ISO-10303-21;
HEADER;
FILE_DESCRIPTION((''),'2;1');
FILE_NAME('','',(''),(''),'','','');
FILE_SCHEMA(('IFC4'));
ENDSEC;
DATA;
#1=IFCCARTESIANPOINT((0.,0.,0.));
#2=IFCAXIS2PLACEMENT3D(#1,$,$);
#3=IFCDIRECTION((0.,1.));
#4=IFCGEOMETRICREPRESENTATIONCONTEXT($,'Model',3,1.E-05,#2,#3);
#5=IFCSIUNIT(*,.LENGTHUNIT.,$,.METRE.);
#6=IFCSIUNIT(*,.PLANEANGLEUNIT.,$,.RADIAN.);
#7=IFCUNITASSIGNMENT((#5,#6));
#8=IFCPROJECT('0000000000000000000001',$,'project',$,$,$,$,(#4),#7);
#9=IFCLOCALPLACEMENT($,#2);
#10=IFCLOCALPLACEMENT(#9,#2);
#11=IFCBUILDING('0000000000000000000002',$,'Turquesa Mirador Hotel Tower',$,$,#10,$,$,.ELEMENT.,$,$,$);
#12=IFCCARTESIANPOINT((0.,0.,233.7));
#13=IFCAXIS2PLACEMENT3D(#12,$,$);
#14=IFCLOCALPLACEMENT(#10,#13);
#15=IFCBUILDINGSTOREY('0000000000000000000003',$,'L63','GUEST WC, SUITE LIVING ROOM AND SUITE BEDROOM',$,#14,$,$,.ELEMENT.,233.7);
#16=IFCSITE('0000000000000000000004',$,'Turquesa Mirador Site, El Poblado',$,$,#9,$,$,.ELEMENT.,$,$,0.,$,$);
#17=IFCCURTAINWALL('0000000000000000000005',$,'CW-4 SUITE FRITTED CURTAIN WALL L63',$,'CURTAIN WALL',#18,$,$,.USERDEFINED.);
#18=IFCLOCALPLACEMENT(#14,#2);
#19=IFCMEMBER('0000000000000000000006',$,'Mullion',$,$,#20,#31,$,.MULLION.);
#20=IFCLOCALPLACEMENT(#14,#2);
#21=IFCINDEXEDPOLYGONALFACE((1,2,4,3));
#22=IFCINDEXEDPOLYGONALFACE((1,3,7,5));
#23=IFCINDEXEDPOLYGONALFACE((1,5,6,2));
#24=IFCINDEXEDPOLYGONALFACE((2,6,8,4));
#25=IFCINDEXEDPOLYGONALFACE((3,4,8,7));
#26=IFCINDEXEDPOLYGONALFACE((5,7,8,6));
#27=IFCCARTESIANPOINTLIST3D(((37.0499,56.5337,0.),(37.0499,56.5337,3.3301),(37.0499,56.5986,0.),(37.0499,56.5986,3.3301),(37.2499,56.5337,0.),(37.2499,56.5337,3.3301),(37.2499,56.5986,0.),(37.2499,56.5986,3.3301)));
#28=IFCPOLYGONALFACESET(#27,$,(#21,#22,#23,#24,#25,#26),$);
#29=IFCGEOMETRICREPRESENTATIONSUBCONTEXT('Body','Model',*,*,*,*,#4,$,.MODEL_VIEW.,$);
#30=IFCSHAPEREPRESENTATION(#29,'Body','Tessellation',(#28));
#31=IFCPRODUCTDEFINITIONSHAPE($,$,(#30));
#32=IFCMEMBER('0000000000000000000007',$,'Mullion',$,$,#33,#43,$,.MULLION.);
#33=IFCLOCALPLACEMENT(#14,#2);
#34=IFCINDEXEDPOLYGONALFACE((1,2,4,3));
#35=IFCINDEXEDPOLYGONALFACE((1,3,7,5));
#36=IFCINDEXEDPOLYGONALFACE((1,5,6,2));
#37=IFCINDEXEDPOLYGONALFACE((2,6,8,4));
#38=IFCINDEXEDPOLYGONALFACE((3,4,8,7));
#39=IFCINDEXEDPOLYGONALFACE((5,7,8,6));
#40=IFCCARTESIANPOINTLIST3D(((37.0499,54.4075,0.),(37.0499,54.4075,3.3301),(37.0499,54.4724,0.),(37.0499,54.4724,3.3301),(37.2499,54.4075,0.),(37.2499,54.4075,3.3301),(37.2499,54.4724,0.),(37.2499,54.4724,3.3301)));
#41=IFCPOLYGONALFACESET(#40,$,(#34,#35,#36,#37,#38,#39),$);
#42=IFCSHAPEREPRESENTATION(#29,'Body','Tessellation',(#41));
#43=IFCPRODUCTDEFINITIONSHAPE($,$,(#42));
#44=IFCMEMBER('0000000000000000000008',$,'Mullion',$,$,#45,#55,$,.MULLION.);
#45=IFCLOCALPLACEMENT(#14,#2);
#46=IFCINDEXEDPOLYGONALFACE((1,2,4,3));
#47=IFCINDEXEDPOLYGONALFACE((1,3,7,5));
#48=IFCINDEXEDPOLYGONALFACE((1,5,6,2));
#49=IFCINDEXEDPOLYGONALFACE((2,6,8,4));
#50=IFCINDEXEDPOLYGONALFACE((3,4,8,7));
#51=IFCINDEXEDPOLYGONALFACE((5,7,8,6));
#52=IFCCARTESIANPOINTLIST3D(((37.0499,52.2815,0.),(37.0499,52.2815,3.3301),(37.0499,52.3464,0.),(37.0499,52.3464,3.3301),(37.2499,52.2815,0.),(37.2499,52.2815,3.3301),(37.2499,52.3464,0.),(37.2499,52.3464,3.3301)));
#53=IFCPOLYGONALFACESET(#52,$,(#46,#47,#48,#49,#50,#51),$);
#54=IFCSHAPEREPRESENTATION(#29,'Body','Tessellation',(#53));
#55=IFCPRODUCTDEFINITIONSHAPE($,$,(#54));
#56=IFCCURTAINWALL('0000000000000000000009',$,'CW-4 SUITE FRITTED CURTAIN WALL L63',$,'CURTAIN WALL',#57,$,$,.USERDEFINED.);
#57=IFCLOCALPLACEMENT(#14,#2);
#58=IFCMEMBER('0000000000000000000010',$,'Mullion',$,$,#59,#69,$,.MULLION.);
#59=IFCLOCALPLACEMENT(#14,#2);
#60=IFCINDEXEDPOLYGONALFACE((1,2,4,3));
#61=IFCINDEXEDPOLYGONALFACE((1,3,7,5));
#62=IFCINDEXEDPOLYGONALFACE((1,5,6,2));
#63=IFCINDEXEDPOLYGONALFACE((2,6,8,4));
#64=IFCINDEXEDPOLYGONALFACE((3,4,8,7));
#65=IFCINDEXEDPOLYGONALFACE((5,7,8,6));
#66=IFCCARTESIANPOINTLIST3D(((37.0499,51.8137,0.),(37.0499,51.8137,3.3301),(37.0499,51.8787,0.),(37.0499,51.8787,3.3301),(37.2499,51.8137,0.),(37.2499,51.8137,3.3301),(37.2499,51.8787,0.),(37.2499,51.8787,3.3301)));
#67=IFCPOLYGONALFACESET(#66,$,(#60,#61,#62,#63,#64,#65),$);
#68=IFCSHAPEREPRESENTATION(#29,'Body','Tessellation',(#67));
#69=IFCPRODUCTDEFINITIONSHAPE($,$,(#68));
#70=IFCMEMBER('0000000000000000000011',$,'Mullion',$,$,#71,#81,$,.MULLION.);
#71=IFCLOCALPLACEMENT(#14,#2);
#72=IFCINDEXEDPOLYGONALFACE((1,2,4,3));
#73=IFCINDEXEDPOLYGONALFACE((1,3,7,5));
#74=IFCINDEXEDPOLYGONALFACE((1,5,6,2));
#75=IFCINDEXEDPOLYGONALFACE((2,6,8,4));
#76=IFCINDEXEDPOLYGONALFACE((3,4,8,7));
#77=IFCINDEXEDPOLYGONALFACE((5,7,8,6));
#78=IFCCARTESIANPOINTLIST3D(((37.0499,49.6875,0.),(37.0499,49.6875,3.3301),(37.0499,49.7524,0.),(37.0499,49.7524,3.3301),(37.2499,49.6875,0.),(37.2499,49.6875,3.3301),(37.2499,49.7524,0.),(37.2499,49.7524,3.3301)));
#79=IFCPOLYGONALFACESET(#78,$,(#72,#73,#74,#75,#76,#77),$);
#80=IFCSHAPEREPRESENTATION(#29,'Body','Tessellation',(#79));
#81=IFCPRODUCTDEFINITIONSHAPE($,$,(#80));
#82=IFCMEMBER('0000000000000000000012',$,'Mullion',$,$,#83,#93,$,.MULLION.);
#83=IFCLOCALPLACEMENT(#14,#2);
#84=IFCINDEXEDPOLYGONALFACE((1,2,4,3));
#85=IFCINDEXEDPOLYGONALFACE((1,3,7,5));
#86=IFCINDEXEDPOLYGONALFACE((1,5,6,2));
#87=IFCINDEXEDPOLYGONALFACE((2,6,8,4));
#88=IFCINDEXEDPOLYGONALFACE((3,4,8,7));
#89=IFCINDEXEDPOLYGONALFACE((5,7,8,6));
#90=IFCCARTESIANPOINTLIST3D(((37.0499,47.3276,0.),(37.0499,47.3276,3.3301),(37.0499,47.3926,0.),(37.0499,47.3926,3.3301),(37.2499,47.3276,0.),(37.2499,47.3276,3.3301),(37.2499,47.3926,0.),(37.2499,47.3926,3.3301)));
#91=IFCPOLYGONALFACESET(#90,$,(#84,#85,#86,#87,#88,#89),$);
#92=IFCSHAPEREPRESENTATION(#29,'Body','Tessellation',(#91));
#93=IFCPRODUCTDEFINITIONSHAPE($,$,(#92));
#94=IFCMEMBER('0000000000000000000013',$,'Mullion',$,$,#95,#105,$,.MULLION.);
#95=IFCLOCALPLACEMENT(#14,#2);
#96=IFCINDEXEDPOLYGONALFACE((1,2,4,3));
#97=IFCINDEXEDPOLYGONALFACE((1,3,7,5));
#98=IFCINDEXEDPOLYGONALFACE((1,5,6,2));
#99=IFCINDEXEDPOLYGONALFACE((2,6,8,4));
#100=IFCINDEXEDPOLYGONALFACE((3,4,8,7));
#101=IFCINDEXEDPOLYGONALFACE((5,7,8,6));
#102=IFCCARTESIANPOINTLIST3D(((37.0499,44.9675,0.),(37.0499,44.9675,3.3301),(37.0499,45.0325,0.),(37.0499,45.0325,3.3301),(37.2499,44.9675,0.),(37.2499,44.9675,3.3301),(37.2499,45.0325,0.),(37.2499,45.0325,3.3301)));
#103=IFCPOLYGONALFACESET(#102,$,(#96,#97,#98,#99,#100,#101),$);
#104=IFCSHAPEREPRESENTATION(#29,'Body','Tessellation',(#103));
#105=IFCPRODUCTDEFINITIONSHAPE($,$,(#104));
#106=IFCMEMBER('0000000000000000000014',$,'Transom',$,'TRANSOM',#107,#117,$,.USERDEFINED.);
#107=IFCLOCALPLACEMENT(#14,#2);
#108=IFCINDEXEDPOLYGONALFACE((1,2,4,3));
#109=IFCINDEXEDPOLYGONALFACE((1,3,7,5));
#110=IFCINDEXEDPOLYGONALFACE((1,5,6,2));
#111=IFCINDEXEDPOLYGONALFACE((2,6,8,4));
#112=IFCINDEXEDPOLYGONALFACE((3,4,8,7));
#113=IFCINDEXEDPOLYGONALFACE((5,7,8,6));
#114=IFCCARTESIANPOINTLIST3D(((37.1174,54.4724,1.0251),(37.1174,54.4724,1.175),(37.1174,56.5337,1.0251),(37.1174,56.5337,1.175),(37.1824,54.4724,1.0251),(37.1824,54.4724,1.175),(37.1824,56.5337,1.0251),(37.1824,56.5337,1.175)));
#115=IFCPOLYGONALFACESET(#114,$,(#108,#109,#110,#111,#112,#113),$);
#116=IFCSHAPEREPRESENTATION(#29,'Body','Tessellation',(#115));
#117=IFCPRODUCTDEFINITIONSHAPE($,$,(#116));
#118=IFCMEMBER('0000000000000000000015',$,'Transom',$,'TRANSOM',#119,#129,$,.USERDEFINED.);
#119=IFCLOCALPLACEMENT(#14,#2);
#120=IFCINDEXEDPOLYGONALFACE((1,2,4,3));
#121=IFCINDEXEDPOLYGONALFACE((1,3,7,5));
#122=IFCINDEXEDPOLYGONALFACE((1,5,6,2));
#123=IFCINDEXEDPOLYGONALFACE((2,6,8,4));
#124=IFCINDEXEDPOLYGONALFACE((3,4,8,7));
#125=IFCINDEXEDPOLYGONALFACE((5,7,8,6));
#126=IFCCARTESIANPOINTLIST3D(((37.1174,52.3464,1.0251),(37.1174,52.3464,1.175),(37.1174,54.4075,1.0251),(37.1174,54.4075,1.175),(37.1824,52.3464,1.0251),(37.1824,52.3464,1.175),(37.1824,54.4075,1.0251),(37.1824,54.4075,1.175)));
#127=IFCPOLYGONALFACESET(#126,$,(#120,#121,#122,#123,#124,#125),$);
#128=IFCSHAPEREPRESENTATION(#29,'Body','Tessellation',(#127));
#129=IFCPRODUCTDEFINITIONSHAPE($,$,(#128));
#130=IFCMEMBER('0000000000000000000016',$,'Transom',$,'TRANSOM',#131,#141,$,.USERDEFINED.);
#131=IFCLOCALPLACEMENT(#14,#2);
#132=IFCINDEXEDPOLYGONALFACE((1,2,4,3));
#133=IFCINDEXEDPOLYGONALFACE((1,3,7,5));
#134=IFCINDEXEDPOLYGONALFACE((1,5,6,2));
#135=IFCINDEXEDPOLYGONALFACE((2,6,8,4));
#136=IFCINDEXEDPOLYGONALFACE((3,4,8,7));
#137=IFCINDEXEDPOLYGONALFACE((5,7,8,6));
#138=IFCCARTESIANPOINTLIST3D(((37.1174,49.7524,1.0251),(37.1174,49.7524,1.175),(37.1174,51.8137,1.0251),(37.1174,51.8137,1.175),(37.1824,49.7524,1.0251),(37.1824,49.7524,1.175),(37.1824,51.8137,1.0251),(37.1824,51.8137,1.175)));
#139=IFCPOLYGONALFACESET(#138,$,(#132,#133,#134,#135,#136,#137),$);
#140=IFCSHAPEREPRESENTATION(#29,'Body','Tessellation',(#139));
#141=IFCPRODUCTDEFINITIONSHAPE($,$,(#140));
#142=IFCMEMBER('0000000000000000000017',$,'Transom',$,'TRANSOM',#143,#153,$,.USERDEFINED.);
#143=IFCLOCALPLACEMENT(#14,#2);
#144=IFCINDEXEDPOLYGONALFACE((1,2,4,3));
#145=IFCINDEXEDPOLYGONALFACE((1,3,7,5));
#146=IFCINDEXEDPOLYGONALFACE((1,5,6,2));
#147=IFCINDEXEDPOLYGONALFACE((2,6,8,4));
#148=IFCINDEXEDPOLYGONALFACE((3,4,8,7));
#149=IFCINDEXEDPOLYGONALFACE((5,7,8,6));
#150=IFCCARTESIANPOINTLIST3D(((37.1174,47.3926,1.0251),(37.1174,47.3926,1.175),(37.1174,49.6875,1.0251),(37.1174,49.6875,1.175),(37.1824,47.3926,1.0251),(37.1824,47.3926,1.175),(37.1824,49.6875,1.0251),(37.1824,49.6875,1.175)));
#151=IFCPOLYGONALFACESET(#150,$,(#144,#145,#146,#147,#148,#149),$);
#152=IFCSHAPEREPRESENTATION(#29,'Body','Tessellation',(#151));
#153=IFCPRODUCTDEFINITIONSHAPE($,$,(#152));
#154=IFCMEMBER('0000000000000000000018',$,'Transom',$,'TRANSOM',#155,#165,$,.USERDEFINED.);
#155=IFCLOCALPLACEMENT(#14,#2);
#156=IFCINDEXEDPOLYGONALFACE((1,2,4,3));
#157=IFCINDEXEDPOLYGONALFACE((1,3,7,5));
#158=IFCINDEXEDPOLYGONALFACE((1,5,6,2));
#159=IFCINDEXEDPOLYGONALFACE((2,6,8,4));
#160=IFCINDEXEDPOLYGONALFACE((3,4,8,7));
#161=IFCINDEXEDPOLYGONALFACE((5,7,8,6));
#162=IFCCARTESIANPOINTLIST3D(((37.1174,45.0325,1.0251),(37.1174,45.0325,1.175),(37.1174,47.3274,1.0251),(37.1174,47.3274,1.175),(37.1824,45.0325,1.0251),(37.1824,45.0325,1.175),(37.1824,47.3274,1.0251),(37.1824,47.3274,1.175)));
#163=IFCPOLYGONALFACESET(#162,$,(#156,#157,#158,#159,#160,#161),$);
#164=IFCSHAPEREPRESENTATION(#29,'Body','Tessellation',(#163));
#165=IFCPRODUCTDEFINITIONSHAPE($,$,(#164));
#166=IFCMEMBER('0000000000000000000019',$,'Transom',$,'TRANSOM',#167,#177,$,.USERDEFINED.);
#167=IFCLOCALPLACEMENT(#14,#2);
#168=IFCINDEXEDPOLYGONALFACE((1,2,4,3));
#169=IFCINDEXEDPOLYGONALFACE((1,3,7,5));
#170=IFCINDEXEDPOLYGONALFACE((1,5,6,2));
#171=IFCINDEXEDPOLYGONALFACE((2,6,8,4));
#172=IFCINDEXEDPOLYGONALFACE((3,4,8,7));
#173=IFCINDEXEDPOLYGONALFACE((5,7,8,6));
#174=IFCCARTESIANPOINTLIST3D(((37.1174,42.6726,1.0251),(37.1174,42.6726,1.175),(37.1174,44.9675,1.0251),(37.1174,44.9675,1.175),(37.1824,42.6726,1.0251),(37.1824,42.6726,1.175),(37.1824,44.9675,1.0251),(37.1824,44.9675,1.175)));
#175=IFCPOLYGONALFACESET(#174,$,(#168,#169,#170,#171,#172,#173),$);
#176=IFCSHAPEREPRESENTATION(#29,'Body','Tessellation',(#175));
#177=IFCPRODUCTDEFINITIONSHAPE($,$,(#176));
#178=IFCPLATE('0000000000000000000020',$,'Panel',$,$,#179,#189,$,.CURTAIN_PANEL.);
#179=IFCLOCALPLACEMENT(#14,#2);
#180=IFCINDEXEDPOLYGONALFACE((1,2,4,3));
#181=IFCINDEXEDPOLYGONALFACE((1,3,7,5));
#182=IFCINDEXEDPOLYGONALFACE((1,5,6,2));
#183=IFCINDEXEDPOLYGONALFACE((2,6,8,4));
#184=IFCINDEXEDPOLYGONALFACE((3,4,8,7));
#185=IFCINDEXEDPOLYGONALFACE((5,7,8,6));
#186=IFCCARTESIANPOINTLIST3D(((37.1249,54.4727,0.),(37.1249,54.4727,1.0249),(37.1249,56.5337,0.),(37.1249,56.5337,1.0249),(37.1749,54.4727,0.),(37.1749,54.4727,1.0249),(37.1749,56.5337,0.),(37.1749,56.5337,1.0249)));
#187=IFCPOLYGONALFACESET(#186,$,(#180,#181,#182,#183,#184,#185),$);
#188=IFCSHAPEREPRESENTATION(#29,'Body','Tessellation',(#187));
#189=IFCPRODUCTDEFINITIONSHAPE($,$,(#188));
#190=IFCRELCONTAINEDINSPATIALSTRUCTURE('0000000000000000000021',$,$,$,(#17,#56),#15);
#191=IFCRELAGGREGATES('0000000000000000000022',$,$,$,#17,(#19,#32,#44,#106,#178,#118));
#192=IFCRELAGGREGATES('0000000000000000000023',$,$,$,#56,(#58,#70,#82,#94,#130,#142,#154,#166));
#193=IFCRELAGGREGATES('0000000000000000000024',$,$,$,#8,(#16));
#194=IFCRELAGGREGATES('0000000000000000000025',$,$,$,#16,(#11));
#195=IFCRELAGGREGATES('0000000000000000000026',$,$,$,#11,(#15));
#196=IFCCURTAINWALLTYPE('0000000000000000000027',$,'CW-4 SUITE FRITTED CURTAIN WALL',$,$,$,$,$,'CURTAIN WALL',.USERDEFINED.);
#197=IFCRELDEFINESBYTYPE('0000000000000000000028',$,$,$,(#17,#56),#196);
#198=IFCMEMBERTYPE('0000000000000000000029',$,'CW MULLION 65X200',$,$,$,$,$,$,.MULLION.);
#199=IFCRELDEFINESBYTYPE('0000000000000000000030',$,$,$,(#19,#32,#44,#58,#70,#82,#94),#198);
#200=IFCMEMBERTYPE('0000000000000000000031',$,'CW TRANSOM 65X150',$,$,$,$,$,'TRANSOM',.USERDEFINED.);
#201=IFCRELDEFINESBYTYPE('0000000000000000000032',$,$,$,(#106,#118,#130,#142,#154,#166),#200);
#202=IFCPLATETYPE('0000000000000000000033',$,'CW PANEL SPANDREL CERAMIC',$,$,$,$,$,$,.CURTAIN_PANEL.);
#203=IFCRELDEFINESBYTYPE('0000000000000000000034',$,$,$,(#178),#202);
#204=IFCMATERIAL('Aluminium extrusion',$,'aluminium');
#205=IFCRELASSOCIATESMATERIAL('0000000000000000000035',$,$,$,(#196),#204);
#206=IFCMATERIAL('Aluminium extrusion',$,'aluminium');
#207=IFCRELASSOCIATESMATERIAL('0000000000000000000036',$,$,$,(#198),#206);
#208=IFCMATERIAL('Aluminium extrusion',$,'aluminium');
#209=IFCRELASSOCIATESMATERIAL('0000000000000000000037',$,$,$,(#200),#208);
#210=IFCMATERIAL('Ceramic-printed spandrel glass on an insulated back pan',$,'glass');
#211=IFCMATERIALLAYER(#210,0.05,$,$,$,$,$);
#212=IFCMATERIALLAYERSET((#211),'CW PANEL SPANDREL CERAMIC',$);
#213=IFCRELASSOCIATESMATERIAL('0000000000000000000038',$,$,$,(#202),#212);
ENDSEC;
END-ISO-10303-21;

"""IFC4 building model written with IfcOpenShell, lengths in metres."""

from ifc_helpers import new_model, si_unit, direction, frame, origin, origin_2d, place, context, subcontext, project, spatial, rectangle, extrude, material, layer, layer_set, material_profile, profile_set, type_object, element, aggregate, save


model = new_model("IFC4")

# Units and contexts
model_context = context("Model", 3, precision=1e-05, world=origin(), true_north=direction((0.0, 1.0)))
body_context = subcontext(model_context, "Body", "Model", "MODEL_VIEW")
ifc_project = project(units=[si_unit("LENGTHUNIT", "METRE"), si_unit("PLANEANGLEUNIT", "RADIAN")], contexts=[model_context])

# Site, building, storey
site_placement = place(None, origin())
site = spatial("IfcSite", under=ifc_project, at=site_placement, Name="Turquesa Mirador Site, El Poblado", CompositionType="ELEMENT", RefElevation=0.0)
building_placement = place(site_placement, origin())
building = spatial("IfcBuilding", under=site, at=building_placement, Name="Turquesa Mirador Hotel Tower", CompositionType="ELEMENT")
storey_placement = place(building_placement, frame((0.0, 0.0, 233.7)))
storey = spatial("IfcBuildingStorey", under=building, at=storey_placement, Name="L63", Description="GUEST WC, SUITE LIVING ROOM AND SUITE BEDROOM", CompositionType="ELEMENT", Elevation=233.7)

# Curtain walls, members
ifc_material_1 = material(Name="Aluminium extrusion", Category="aluminium")
curtain_wall_type = type_object("IfcCurtainWallType", Name="CW-4 SUITE FRITTED CURTAIN WALL", ElementType="CURTAIN WALL", PredefinedType="USERDEFINED", material=ifc_material_1)
curtain_wall_1_placement = place(storey_placement, origin())
curtain_wall_1 = element("IfcCurtainWall", 1, at=curtain_wall_1_placement, inside=storey, type_object=curtain_wall_type, Name="CW-4 SUITE FRITTED CURTAIN WALL L63", ObjectType="CURTAIN WALL", PredefinedType="USERDEFINED")
ifc_material_2 = material(Name="Aluminium extrusion", Category="aluminium")
ifc_material_profile_1 = material_profile(ifc_material_2, rectangle(XDim=0.0649, YDim=0.2, at=origin_2d()), Name="MULLION 65X200")
ifc_profile_set_1 = profile_set([ifc_material_profile_1], Name="Aluminium extrusion")
member_type_1 = type_object("IfcMemberType", Name="CW MULLION 65X200", PredefinedType="MULLION", material=ifc_profile_set_1)
member_1_placement = place(storey_placement, frame((37.1499, 56.5662, 0.0), z_axis=(0.0, 0.0, 1.0), x_axis=(0.0, -1.0, 0.0)))
member_1 = element("IfcMember", 2, at=member_1_placement, type_object=member_type_1, Name="Mullion", PredefinedType="MULLION", context=body_context, shape_type="SweptSolid", body=[
    extrude(rectangle(XDim=0.0649, YDim=0.2, at=origin_2d()), origin(), (0.0, 0.0, 1.0), 3.3301),
])
member_2_placement = place(storey_placement, frame((37.1499, 54.4399, 0.0), z_axis=(0.0, 0.0, 1.0), x_axis=(0.0, -1.0, 0.0)))
member_2 = element("IfcMember", 3, at=member_2_placement, type_object=member_type_1, Name="Mullion", PredefinedType="MULLION", context=body_context, shape_type="SweptSolid", body=[
    extrude(rectangle(XDim=0.0649, YDim=0.2, at=origin_2d()), origin(), (0.0, 0.0, 1.0), 3.3301),
])
member_3_placement = place(storey_placement, frame((37.1499, 52.314, 0.0), z_axis=(0.0, 0.0, 1.0), x_axis=(0.0, -1.0, 0.0)))
member_3 = element("IfcMember", 4, at=member_3_placement, type_object=member_type_1, Name="Mullion", PredefinedType="MULLION", context=body_context, shape_type="SweptSolid", body=[
    extrude(rectangle(XDim=0.0649, YDim=0.2, at=origin_2d()), origin(), (0.0, 0.0, 1.0), 3.3301),
])
curtain_wall_2_placement = place(storey_placement, origin())
curtain_wall_2 = element("IfcCurtainWall", 5, at=curtain_wall_2_placement, inside=storey, type_object=curtain_wall_type, Name="CW-4 SUITE FRITTED CURTAIN WALL L63", ObjectType="CURTAIN WALL", PredefinedType="USERDEFINED")
member_4_placement = place(storey_placement, frame((37.1499, 51.8462, 0.0), z_axis=(0.0, 0.0, 1.0), x_axis=(0.0, -1.0, 0.0)))
member_4 = element("IfcMember", 6, at=member_4_placement, type_object=member_type_1, Name="Mullion", PredefinedType="MULLION", context=body_context, shape_type="SweptSolid", body=[
    extrude(rectangle(XDim=0.0649, YDim=0.2, at=origin_2d()), origin(), (0.0, 0.0, 1.0), 3.3301),
])
member_5_placement = place(storey_placement, frame((37.1499, 49.72, 0.0), z_axis=(0.0, 0.0, 1.0), x_axis=(0.0, -1.0, 0.0)))
member_5 = element("IfcMember", 7, at=member_5_placement, type_object=member_type_1, Name="Mullion", PredefinedType="MULLION", context=body_context, shape_type="SweptSolid", body=[
    extrude(rectangle(XDim=0.0649, YDim=0.2, at=origin_2d()), origin(), (0.0, 0.0, 1.0), 3.3301),
])
member_6_placement = place(storey_placement, frame((37.1499, 47.3601, 0.0), z_axis=(0.0, 0.0, 1.0), x_axis=(0.0, -1.0, 0.0)))
member_6 = element("IfcMember", 8, at=member_6_placement, type_object=member_type_1, Name="Mullion", PredefinedType="MULLION", context=body_context, shape_type="SweptSolid", body=[
    extrude(rectangle(XDim=0.0649, YDim=0.2, at=origin_2d()), origin(), (0.0, 0.0, 1.0), 3.3301),
])
member_7_placement = place(storey_placement, frame((37.1499, 45.0, 0.0), z_axis=(0.0, 0.0, 1.0), x_axis=(0.0, -1.0, 0.0)))
member_7 = element("IfcMember", 9, at=member_7_placement, type_object=member_type_1, Name="Mullion", PredefinedType="MULLION", context=body_context, shape_type="SweptSolid", body=[
    extrude(rectangle(XDim=0.0649, YDim=0.2, at=origin_2d()), origin(), (0.0, 0.0, 1.0), 3.3301),
])

# Members
ifc_material_3 = material(Name="Aluminium extrusion", Category="aluminium")
ifc_material_profile_2 = material_profile(ifc_material_3, rectangle(XDim=0.0649, YDim=0.1499, at=origin_2d()), Name="TRANSOM 65X150")
ifc_profile_set_2 = profile_set([ifc_material_profile_2], Name="Aluminium extrusion")
member_type_2 = type_object("IfcMemberType", Name="CW TRANSOM 65X150", ElementType="TRANSOM", PredefinedType="USERDEFINED", material=ifc_profile_set_2)
member_8_placement = place(storey_placement, frame((37.1499, 56.5337, 1.1001), z_axis=(0.0, -1.0, 0.0), x_axis=(1.0, 0.0, 0.0)))
member_8 = element("IfcMember", 10, at=member_8_placement, type_object=member_type_2, Name="Transom", ObjectType="TRANSOM", PredefinedType="USERDEFINED", context=body_context, shape_type="SweptSolid", body=[
    extrude(rectangle(XDim=0.0649, YDim=0.1499, at=origin_2d()), origin(), (0.0, 0.0, 1.0), 2.0613),
])
member_9_placement = place(storey_placement, frame((37.1499, 54.4075, 1.1001), z_axis=(0.0, -1.0, 0.0), x_axis=(1.0, 0.0, 0.0)))
member_9 = element("IfcMember", 11, at=member_9_placement, type_object=member_type_2, Name="Transom", ObjectType="TRANSOM", PredefinedType="USERDEFINED", context=body_context, shape_type="SweptSolid", body=[
    extrude(rectangle(XDim=0.0649, YDim=0.1499, at=origin_2d()), origin(), (0.0, 0.0, 1.0), 2.061),
])
member_10_placement = place(storey_placement, frame((37.1499, 51.8137, 1.1001), z_axis=(0.0, -1.0, 0.0), x_axis=(1.0, 0.0, 0.0)))
member_10 = element("IfcMember", 12, at=member_10_placement, type_object=member_type_2, Name="Transom", ObjectType="TRANSOM", PredefinedType="USERDEFINED", context=body_context, shape_type="SweptSolid", body=[
    extrude(rectangle(XDim=0.0649, YDim=0.1499, at=origin_2d()), origin(), (0.0, 0.0, 1.0), 2.0613),
])
member_11_placement = place(storey_placement, frame((37.1499, 49.6875, 1.1001), z_axis=(0.0, -1.0, 0.0), x_axis=(1.0, 0.0, 0.0)))
member_11 = element("IfcMember", 13, at=member_11_placement, type_object=member_type_2, Name="Transom", ObjectType="TRANSOM", PredefinedType="USERDEFINED", context=body_context, shape_type="SweptSolid", body=[
    extrude(rectangle(XDim=0.0649, YDim=0.1499, at=origin_2d()), origin(), (0.0, 0.0, 1.0), 2.2949),
])
member_12_placement = place(storey_placement, frame((37.1499, 47.3274, 1.1001), z_axis=(0.0, -1.0, 0.0), x_axis=(1.0, 0.0, 0.0)))
member_12 = element("IfcMember", 14, at=member_12_placement, type_object=member_type_2, Name="Transom", ObjectType="TRANSOM", PredefinedType="USERDEFINED", context=body_context, shape_type="SweptSolid", body=[
    extrude(rectangle(XDim=0.0649, YDim=0.1499, at=origin_2d()), origin(), (0.0, 0.0, 1.0), 2.2949),
])
member_13_placement = place(storey_placement, frame((37.1499, 44.9675, 1.1001), z_axis=(0.0, -1.0, 0.0), x_axis=(1.0, 0.0, 0.0)))
member_13 = element("IfcMember", 15, at=member_13_placement, type_object=member_type_2, Name="Transom", ObjectType="TRANSOM", PredefinedType="USERDEFINED", context=body_context, shape_type="SweptSolid", body=[
    extrude(rectangle(XDim=0.0649, YDim=0.1499, at=origin_2d()), origin(), (0.0, 0.0, 1.0), 2.2949),
])

# Plate
ifc_material_4 = material(Name="Ceramic-printed spandrel glass on an insulated back pan", Category="glass")
ifc_layer_1 = layer(ifc_material_4, 0.05)
ifc_layer_set_1 = layer_set([ifc_layer_1], Name="CW PANEL SPANDREL CERAMIC")
plate_type_1 = type_object("IfcPlateType", Name="CW PANEL SPANDREL CERAMIC", PredefinedType="CURTAIN_PANEL", material=ifc_layer_set_1)
plate_1_placement = place(storey_placement, frame((37.1499, 55.5032, 0.0), z_axis=(0.0, 0.0, 1.0), x_axis=(0.0, -1.0, 0.0)))
plate_1 = element("IfcPlate", 16, at=plate_1_placement, type_object=plate_type_1, Name="Panel", PredefinedType="CURTAIN_PANEL", context=body_context, shape_type="SweptSolid", body=[
    extrude(rectangle(XDim=2.061, YDim=0.05, at=origin_2d()), origin(), (0.0, 0.0, 1.0), 1.0249),
])
aggregate(curtain_wall_1, [member_1, member_2, member_3, member_8, plate_1, member_9])
aggregate(curtain_wall_2, [member_4, member_5, member_6, member_7, member_10, member_11, member_12, member_13])

save(model, "model.ifc")
